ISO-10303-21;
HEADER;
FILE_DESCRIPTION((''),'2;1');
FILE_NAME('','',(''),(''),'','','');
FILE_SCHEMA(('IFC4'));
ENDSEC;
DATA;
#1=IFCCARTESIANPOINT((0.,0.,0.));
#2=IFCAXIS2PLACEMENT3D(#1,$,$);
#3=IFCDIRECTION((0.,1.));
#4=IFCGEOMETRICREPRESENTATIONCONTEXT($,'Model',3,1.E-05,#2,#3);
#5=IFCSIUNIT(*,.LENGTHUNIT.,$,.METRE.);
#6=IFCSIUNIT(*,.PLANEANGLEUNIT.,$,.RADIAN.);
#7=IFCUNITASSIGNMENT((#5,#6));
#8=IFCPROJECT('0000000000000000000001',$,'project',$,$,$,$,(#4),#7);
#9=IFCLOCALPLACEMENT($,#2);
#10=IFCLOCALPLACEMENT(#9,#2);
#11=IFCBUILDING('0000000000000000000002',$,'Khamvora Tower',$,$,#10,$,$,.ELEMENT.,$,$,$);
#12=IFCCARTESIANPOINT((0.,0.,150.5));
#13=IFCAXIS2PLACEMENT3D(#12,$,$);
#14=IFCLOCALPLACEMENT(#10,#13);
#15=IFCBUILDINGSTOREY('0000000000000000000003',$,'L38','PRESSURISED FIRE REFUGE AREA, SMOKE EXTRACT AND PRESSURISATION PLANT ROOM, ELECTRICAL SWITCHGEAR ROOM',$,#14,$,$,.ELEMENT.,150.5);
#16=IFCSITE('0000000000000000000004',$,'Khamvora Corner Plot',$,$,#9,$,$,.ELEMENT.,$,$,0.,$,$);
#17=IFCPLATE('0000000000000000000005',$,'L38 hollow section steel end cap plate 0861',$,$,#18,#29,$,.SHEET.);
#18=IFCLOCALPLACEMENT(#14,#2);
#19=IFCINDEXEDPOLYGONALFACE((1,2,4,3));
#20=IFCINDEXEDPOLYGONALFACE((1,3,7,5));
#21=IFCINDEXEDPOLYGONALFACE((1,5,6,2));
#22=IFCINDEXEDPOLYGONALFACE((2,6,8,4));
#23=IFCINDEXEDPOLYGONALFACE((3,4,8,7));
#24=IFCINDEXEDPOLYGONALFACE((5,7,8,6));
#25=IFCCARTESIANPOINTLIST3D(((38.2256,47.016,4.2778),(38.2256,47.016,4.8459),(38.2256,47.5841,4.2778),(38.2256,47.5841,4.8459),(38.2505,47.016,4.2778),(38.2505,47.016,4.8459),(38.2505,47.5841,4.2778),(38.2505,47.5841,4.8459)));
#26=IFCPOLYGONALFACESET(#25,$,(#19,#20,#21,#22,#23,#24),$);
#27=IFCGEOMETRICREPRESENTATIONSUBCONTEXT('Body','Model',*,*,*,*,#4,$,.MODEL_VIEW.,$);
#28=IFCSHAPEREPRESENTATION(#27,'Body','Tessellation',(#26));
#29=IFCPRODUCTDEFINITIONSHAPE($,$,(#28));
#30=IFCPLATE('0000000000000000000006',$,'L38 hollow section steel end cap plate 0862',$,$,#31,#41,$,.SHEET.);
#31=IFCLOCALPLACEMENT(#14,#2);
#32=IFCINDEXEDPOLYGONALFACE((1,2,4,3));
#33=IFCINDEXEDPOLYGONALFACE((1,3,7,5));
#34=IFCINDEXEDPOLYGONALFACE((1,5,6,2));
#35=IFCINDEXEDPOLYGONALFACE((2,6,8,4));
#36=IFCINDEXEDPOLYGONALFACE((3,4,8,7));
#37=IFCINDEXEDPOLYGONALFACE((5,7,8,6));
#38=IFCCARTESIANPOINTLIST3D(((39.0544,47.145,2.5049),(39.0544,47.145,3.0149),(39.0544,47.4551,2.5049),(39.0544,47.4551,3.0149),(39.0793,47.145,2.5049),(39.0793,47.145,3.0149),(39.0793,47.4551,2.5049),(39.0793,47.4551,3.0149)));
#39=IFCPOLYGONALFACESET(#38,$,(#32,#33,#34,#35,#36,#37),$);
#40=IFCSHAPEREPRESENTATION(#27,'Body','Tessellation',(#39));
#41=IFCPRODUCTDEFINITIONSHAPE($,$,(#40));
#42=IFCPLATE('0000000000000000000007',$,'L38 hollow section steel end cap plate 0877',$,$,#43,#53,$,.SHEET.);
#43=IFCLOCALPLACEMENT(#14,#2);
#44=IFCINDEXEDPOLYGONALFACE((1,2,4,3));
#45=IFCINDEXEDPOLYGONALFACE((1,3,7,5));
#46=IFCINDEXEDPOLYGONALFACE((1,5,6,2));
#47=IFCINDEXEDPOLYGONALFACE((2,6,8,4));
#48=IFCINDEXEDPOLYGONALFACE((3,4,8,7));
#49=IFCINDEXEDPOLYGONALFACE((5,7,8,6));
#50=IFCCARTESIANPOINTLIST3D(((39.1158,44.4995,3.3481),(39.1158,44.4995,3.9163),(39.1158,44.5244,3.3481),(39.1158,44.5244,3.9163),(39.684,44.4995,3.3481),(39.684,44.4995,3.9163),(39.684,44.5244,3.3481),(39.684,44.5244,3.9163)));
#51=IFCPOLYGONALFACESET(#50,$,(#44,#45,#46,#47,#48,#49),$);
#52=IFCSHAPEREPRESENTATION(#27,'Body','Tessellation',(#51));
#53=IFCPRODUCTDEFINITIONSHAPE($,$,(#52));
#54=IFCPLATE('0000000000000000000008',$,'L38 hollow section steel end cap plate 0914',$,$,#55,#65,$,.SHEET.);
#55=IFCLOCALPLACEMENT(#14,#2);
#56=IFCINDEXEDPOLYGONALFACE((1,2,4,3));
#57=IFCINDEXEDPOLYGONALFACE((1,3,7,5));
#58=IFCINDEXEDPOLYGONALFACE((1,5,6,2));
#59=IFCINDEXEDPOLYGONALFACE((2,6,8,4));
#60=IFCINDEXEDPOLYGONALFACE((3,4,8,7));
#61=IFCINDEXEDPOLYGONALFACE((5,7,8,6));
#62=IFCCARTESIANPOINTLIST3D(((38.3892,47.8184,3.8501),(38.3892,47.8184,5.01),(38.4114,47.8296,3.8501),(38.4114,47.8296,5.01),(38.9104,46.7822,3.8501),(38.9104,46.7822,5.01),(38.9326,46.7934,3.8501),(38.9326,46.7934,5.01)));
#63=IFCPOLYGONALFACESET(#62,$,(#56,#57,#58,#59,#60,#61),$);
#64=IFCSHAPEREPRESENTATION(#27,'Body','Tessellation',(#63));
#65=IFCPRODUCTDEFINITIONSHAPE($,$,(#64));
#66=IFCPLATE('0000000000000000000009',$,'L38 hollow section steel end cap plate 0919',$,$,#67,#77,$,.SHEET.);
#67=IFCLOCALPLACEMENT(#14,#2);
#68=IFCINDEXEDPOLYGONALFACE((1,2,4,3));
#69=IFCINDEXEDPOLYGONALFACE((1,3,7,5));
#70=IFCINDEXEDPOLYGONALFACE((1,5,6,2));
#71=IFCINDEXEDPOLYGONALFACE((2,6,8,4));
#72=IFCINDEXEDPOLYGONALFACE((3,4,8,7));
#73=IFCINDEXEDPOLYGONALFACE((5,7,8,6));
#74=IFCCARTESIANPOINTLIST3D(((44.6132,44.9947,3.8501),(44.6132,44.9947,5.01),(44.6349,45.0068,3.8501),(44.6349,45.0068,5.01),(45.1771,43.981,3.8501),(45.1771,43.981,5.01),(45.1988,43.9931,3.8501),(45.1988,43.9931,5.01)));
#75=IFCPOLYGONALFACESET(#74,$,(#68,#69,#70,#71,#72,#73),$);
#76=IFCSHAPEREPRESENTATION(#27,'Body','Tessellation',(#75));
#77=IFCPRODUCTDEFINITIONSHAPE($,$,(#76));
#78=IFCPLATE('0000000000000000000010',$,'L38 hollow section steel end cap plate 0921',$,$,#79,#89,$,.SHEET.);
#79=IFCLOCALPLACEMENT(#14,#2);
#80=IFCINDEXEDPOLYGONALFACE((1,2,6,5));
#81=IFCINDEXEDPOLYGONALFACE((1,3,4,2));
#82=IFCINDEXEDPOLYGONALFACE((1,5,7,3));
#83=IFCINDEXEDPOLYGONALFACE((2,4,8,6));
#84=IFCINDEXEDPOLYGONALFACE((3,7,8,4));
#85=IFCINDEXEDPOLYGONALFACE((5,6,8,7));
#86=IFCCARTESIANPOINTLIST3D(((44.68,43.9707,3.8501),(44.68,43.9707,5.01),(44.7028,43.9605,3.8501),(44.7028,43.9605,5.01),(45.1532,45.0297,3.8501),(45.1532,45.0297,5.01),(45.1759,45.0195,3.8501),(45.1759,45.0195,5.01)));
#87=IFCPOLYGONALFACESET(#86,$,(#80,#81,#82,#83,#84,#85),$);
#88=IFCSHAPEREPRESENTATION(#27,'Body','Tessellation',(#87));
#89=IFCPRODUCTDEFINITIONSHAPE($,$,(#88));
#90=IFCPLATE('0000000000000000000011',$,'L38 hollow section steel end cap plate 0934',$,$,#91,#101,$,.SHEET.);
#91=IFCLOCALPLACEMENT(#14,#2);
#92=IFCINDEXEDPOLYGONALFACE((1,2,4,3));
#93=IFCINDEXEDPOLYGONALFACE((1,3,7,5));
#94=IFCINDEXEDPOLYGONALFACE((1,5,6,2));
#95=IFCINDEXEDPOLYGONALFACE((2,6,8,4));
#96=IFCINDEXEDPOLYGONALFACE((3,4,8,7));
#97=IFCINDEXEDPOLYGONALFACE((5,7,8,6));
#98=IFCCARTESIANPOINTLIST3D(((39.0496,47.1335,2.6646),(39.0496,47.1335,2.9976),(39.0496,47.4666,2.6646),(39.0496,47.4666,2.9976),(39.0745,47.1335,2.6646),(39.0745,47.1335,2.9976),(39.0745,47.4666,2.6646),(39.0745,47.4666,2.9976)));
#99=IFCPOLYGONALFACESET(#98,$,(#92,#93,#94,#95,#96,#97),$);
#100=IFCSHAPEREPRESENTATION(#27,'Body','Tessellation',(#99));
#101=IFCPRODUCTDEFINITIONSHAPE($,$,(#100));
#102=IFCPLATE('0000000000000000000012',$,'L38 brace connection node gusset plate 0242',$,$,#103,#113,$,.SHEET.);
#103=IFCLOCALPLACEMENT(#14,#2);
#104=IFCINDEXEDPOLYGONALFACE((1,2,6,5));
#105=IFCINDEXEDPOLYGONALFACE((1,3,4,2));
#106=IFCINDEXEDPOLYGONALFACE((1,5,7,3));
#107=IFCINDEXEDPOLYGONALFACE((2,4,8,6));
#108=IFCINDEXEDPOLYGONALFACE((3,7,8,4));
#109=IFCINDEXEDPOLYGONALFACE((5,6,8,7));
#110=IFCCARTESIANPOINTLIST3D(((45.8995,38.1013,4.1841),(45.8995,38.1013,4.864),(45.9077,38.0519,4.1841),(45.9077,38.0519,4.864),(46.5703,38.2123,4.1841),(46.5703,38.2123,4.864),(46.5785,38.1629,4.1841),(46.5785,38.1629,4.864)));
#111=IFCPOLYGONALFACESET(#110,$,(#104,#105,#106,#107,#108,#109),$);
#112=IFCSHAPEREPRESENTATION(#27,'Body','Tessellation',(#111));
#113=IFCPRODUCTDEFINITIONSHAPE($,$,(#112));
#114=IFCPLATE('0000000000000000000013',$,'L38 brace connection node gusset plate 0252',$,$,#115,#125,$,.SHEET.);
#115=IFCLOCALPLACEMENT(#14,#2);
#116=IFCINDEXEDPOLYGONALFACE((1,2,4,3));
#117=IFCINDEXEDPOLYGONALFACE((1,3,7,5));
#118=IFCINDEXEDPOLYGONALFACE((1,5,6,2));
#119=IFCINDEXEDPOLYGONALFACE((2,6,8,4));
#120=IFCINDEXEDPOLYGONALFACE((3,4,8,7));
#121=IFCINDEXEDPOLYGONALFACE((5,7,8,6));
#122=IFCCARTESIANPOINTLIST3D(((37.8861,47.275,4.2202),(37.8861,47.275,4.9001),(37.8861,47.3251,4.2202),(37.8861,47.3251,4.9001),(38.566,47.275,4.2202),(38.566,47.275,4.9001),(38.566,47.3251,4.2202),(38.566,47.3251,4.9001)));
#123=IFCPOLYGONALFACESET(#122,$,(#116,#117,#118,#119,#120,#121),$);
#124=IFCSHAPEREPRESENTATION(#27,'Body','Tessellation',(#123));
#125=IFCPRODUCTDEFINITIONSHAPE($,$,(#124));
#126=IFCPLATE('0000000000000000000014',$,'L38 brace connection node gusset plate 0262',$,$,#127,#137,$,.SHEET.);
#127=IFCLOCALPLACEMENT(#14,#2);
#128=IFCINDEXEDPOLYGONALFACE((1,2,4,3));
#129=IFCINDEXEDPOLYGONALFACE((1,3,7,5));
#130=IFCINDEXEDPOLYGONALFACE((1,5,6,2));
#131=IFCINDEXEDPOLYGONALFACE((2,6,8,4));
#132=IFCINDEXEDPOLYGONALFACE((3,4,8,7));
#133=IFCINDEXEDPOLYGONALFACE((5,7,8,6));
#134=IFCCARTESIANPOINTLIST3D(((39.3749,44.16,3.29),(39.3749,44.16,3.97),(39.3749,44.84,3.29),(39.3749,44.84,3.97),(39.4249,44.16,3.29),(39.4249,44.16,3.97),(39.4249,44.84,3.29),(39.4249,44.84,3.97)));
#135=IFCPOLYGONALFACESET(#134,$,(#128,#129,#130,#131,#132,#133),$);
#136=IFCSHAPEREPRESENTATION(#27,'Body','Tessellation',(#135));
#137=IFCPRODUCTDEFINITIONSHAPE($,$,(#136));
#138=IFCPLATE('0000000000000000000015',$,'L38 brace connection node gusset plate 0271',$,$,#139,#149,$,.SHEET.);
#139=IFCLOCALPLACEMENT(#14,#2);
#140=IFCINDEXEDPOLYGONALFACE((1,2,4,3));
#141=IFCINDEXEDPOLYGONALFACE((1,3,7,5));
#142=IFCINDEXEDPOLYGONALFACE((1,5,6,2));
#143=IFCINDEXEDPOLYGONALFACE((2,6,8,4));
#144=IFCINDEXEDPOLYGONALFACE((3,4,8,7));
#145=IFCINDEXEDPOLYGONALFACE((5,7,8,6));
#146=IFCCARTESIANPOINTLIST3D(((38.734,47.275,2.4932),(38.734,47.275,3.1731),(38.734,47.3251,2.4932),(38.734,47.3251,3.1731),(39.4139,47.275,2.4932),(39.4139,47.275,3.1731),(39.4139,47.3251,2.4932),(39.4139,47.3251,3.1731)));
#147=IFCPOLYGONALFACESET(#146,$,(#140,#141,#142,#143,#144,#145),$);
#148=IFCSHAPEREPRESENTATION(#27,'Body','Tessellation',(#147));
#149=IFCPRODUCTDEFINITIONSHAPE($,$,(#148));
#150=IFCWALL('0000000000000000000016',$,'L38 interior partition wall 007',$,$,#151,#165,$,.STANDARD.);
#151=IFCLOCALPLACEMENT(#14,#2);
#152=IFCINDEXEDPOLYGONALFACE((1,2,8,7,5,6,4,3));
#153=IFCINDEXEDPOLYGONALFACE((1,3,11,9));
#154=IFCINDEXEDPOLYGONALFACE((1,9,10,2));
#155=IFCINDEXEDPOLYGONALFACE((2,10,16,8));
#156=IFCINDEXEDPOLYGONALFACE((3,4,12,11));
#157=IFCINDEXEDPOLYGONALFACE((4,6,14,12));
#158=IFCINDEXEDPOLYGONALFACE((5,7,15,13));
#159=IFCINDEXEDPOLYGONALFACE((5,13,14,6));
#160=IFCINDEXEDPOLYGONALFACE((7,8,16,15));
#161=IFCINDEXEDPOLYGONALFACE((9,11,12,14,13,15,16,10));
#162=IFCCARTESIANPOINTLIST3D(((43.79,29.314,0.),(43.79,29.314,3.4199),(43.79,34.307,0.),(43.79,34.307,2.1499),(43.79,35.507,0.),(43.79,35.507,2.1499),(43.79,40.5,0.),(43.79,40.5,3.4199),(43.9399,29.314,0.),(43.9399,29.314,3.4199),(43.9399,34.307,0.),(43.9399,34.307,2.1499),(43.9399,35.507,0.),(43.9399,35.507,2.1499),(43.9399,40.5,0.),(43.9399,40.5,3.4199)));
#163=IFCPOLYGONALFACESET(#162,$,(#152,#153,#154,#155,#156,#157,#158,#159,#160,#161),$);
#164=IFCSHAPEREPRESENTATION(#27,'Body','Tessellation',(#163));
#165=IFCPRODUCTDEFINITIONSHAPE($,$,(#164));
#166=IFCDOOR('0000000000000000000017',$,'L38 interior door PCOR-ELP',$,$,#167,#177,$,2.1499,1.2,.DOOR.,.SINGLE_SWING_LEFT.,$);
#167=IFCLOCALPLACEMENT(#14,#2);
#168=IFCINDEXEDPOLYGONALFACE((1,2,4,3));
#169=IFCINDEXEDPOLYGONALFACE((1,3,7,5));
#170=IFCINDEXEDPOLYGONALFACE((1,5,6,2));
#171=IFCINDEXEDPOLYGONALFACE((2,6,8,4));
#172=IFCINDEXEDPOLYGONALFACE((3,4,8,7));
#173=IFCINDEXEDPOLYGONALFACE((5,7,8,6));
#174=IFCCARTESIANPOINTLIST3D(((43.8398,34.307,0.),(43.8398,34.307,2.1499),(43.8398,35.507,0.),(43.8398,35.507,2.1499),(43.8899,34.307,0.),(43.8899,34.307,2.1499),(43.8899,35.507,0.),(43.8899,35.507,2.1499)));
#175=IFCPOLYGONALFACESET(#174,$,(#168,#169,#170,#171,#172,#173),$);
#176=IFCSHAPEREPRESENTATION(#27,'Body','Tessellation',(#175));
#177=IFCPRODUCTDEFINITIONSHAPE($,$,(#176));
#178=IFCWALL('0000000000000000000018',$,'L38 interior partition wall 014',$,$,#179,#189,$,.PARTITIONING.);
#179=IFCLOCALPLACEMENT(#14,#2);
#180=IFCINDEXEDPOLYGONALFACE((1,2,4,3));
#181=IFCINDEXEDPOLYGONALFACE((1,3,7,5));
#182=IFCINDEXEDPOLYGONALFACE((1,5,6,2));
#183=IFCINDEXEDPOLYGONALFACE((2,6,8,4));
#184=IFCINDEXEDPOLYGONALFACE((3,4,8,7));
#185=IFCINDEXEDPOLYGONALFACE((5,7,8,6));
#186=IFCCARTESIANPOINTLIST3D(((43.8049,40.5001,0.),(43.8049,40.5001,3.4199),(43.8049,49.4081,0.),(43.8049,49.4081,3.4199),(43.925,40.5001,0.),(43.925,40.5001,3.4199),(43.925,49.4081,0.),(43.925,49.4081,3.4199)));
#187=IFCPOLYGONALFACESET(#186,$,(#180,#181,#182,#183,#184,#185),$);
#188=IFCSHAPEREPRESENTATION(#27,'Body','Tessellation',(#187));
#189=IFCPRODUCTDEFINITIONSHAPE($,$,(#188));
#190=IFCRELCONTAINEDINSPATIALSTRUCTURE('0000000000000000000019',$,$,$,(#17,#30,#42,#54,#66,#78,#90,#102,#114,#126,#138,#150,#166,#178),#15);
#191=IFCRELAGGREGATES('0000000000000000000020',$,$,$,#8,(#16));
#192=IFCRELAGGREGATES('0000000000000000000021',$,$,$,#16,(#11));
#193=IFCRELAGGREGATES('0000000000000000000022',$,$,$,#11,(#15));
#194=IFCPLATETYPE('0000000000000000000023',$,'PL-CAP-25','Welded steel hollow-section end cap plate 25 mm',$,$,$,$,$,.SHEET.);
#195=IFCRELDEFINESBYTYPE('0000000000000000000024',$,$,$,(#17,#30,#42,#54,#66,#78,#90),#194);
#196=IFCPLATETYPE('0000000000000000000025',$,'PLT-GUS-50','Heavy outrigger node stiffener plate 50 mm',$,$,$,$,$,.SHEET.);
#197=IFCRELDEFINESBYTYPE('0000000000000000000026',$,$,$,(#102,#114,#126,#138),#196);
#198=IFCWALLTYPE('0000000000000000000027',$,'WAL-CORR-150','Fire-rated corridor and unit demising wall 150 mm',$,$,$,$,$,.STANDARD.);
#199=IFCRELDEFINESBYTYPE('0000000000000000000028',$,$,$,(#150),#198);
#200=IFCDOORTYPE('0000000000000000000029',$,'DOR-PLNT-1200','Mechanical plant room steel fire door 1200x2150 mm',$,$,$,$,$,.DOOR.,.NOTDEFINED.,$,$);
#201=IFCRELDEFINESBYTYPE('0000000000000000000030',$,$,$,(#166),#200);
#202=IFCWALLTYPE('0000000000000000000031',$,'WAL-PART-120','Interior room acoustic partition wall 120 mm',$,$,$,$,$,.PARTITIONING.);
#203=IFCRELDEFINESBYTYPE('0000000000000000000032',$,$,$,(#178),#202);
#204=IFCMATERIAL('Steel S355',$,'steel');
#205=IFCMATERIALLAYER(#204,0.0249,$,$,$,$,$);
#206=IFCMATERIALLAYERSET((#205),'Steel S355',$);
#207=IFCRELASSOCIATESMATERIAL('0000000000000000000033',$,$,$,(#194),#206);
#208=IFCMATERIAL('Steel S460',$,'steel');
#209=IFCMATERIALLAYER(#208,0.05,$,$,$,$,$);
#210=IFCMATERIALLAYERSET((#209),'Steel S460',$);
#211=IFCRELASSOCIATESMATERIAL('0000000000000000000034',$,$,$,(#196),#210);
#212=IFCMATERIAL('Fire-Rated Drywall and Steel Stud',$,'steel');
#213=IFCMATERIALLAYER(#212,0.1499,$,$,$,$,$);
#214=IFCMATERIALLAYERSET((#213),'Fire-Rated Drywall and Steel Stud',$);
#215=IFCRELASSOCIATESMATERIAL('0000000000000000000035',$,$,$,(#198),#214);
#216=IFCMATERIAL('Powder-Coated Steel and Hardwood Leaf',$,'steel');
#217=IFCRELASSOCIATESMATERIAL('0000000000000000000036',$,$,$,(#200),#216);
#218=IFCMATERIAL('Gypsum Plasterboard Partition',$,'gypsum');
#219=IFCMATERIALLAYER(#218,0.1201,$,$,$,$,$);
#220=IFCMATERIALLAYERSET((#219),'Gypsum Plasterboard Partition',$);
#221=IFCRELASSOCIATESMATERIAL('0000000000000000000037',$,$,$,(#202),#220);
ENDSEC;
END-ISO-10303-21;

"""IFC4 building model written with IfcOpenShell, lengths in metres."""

from ifc_helpers import new_model, si_unit, direction, frame, frame_2d, origin, origin_2d, place, context, subcontext, project, spatial, rectangle, extrude, material, layer, layer_set, type_object, element, fill, save


model = new_model("IFC4")

# Units and contexts
model_context = context("Model", 3, precision=1e-05, world=origin(), true_north=direction((0.0, 1.0)))
body_context = subcontext(model_context, "Body", "Model", "MODEL_VIEW")
ifc_project = project(units=[si_unit("LENGTHUNIT", "METRE"), si_unit("PLANEANGLEUNIT", "RADIAN")], contexts=[model_context])

# Site, building, storey
site_placement = place(None, origin())
site = spatial("IfcSite", under=ifc_project, at=site_placement, Name="Khamvora Corner Plot", CompositionType="ELEMENT", RefElevation=0.0)
building_placement = place(site_placement, origin())
building = spatial("IfcBuilding", under=site, at=building_placement, Name="Khamvora Tower", CompositionType="ELEMENT")
storey_placement = place(building_placement, frame((0.0, 0.0, 150.5)))
storey = spatial("IfcBuildingStorey", under=building, at=storey_placement, Name="L38", Description="PRESSURISED FIRE REFUGE AREA, SMOKE EXTRACT AND PRESSURISATION PLANT ROOM, ELECTRICAL SWITCHGEAR ROOM", CompositionType="ELEMENT", Elevation=150.5)

# Shared definitions
ifc_material_1 = material(Name="Steel S355", Category="steel")

# Shared definitions
ifc_material_2 = material(Name="Steel S460", Category="steel")

# Plates
ifc_layer_1 = layer(ifc_material_1, 0.0249)
ifc_layer_set_1 = layer_set([ifc_layer_1], Name="Steel S355")
plate_type_1 = type_object("IfcPlateType", Name="PL-CAP-25", Description="Welded steel hollow-section end cap plate 25 mm", PredefinedType="SHEET", material=ifc_layer_set_1)
plate_1_placement = place(storey_placement, frame((38.238, 47.3, 4.2778), z_axis=(0.0, 0.0, 1.0), x_axis=(1.0, 0.0, 0.0)))
element("IfcPlate", 1, at=plate_1_placement, inside=storey, type_object=plate_type_1, Name="L38 hollow section steel end cap plate 0861", PredefinedType="SHEET", context=body_context, shape_type="SweptSolid", body=[
    extrude(rectangle(XDim=0.0249, YDim=0.5681, at=origin_2d()), origin(), (0.0, 0.0, 1.0), 0.5681),
])
plate_2_placement = place(storey_placement, frame((39.0669, 47.3, 2.5049), z_axis=(0.0, 0.0, 1.0), x_axis=(1.0, 0.0, 0.0)))
element("IfcPlate", 2, at=plate_2_placement, inside=storey, type_object=plate_type_1, Name="L38 hollow section steel end cap plate 0862", PredefinedType="SHEET", context=body_context, shape_type="SweptSolid", body=[
    extrude(rectangle(XDim=0.0249, YDim=0.3101, at=origin_2d()), origin(), (0.0, 0.0, 1.0), 0.51),
])
plate_3_placement = place(storey_placement, frame((39.3999, 44.512, 3.3481), z_axis=(0.0, 0.0, 1.0), x_axis=(0.0, 1.0, 0.0)))
element("IfcPlate", 3, at=plate_3_placement, inside=storey, type_object=plate_type_1, Name="L38 hollow section steel end cap plate 0877", PredefinedType="SHEET", context=body_context, shape_type="SweptSolid", body=[
    extrude(rectangle(XDim=0.0249, YDim=0.5681, at=origin_2d()), origin(), (0.0, 0.0, 1.0), 0.5681),
])
for number, where, z_axis, x_axis, name in (
    (4, (38.6609, 47.3059, 3.8501), (0.0, 0.0, 1.0), (-0.893364, -0.449335, 0.0), "L38 hollow section steel end cap plate 0914"),
    (5, (44.906, 44.4939, 3.8501), (0.0, 0.0, 1.0), (-0.873874, -0.486152, 0.0), "L38 hollow section steel end cap plate 0919"),
    (6, (44.928, 44.4951, 3.8501), (0.0, 0.0, 1.0), (0.913019, -0.407916, 0.0), "L38 hollow section steel end cap plate 0921"),
):
    element("IfcPlate", number, at=place(storey_placement, frame(where, z_axis=z_axis, x_axis=x_axis)), inside=storey, type_object=plate_type_1, Name=name, PredefinedType="SHEET", context=body_context, shape_type="SweptSolid", body=[
        extrude(rectangle(XDim=0.0249, YDim=1.1599, at=origin_2d()), origin(), (0.0, 0.0, 1.0), 1.1599),
    ])
plate_4_placement = place(storey_placement, frame((39.062, 47.3, 2.6646), z_axis=(0.0, 0.0, 1.0), x_axis=(1.0, 0.0, 0.0)))
element("IfcPlate", 7, at=plate_4_placement, inside=storey, type_object=plate_type_1, Name="L38 hollow section steel end cap plate 0934", PredefinedType="SHEET", context=body_context, shape_type="SweptSolid", body=[
    extrude(rectangle(XDim=0.0249, YDim=0.333, at=origin_2d()), origin(), (0.0, 0.0, 1.0), 0.333),
])
ifc_layer_2 = layer(ifc_material_2, 0.05)
ifc_layer_set_2 = layer_set([ifc_layer_2], Name="Steel S460")
plate_type_2 = type_object("IfcPlateType", Name="PLT-GUS-50", Description="Heavy outrigger node stiffener plate 50 mm", PredefinedType="SHEET", material=ifc_layer_set_2)
for number, where, z_axis, x_axis, name in (
    (8, (46.239, 38.1321, 4.1841), (0.0, 0.0, 1.0), (0.986578, 0.163292, 0.0), "L38 brace connection node gusset plate 0242"),
    (9, (38.2261, 47.3, 4.2202), (0.0, 0.0, 1.0), (1.0, 0.0, 0.0), "L38 brace connection node gusset plate 0252"),
    (10, (39.3999, 44.5, 3.29), (0.0, 0.0, 1.0), (0.0, 1.0, 0.0), "L38 brace connection node gusset plate 0262"),
    (11, (39.074, 47.3, 2.4932), (0.0, 0.0, 1.0), (1.0, 0.0, 0.0), "L38 brace connection node gusset plate 0271"),
):
    element("IfcPlate", number, at=place(storey_placement, frame(where, z_axis=z_axis, x_axis=x_axis)), inside=storey, type_object=plate_type_2, Name=name, PredefinedType="SHEET", context=body_context, shape_type="SweptSolid", body=[
        extrude(rectangle(XDim=0.6799, YDim=0.05, at=origin_2d()), origin(), (0.0, 0.0, 1.0), 0.6799),
    ])

# Wall, opening, door
ifc_material_3 = material(Name="Fire-Rated Drywall and Steel Stud", Category="steel")
ifc_layer_3 = layer(ifc_material_3, 0.1499)
ifc_layer_set_3 = layer_set([ifc_layer_3], Name="Fire-Rated Drywall and Steel Stud")
wall_type_1 = type_object("IfcWallType", Name="WAL-CORR-150", Description="Fire-rated corridor and unit demising wall 150 mm", PredefinedType="STANDARD", material=ifc_layer_set_3)
wall_1_placement = place(storey_placement, frame((43.865, 40.5, 0.0), z_axis=(0.0, 0.0, 1.0), x_axis=(0.0, -1.0, 0.0)))
wall_1 = element("IfcWall", 12, at=wall_1_placement, inside=storey, type_object=wall_type_1, Name="L38 interior partition wall 007", PredefinedType="STANDARD", context=body_context, shape_type="SweptSolid", body=[
    extrude(rectangle(XDim=11.186, YDim=0.1499, at=frame_2d((5.593, 0.0))), origin(), (0.0, 0.0, 1.0), 3.4199),
])
opening_placement = place(wall_1_placement, frame((4.9929, 0.0, 0.0)))
opening = element("IfcOpeningElement", 13, at=opening_placement, cuts=wall_1, PredefinedType="OPENING", context=body_context, shape_type="SweptSolid", body=[
    extrude(rectangle(XDim=1.2, YDim=2.1499, at=frame_2d((0.6001, 1.075))), frame((0.0, 0.085, 0.0), z_axis=(0.0, -1.0, 0.0), x_axis=(1.0, 0.0, 0.0)), (0.0, 0.0, 1.0), 0.1699),
])
ifc_material_4 = material(Name="Powder-Coated Steel and Hardwood Leaf", Category="steel")
door_type = type_object("IfcDoorType", Name="DOR-PLNT-1200", Description="Mechanical plant room steel fire door 1200x2150 mm", OperationType="NOTDEFINED", PredefinedType="DOOR", material=ifc_material_4)
door_placement = place(opening_placement, origin())
door = element("IfcDoor", 14, at=door_placement, inside=storey, type_object=door_type, Name="L38 interior door PCOR-ELP", OperationType="SINGLE_SWING_LEFT", OverallHeight=2.1499, OverallWidth=1.2, PredefinedType="DOOR", context=body_context, shape_type="SweptSolid", body=[
    extrude(rectangle(XDim=1.2, YDim=2.1499, at=frame_2d((0.6001, 1.075))), frame((0.0, 0.0249, 0.0), z_axis=(0.0, -1.0, 0.0), x_axis=(1.0, 0.0, 0.0)), (0.0, 0.0, 1.0), 0.05),
])
fill(opening, door)

# Wall
ifc_material_5 = material(Name="Gypsum Plasterboard Partition", Category="gypsum")
ifc_layer_4 = layer(ifc_material_5, 0.1201)
ifc_layer_set_4 = layer_set([ifc_layer_4], Name="Gypsum Plasterboard Partition")
wall_type_2 = type_object("IfcWallType", Name="WAL-PART-120", Description="Interior room acoustic partition wall 120 mm", PredefinedType="PARTITIONING", material=ifc_layer_set_4)
wall_2_placement = place(storey_placement, frame((43.865, 40.5, 0.0), z_axis=(0.0, 0.0, 1.0), x_axis=(0.0, 1.0, 0.0)))
element("IfcWall", 15, at=wall_2_placement, inside=storey, type_object=wall_type_2, Name="L38 interior partition wall 014", PredefinedType="PARTITIONING", context=body_context, shape_type="SweptSolid", body=[
    extrude(rectangle(XDim=8.908, YDim=0.1201, at=frame_2d((4.4541, 0.0))), origin(), (0.0, 0.0, 1.0), 3.4199),
])

save(model, "model.ifc")
